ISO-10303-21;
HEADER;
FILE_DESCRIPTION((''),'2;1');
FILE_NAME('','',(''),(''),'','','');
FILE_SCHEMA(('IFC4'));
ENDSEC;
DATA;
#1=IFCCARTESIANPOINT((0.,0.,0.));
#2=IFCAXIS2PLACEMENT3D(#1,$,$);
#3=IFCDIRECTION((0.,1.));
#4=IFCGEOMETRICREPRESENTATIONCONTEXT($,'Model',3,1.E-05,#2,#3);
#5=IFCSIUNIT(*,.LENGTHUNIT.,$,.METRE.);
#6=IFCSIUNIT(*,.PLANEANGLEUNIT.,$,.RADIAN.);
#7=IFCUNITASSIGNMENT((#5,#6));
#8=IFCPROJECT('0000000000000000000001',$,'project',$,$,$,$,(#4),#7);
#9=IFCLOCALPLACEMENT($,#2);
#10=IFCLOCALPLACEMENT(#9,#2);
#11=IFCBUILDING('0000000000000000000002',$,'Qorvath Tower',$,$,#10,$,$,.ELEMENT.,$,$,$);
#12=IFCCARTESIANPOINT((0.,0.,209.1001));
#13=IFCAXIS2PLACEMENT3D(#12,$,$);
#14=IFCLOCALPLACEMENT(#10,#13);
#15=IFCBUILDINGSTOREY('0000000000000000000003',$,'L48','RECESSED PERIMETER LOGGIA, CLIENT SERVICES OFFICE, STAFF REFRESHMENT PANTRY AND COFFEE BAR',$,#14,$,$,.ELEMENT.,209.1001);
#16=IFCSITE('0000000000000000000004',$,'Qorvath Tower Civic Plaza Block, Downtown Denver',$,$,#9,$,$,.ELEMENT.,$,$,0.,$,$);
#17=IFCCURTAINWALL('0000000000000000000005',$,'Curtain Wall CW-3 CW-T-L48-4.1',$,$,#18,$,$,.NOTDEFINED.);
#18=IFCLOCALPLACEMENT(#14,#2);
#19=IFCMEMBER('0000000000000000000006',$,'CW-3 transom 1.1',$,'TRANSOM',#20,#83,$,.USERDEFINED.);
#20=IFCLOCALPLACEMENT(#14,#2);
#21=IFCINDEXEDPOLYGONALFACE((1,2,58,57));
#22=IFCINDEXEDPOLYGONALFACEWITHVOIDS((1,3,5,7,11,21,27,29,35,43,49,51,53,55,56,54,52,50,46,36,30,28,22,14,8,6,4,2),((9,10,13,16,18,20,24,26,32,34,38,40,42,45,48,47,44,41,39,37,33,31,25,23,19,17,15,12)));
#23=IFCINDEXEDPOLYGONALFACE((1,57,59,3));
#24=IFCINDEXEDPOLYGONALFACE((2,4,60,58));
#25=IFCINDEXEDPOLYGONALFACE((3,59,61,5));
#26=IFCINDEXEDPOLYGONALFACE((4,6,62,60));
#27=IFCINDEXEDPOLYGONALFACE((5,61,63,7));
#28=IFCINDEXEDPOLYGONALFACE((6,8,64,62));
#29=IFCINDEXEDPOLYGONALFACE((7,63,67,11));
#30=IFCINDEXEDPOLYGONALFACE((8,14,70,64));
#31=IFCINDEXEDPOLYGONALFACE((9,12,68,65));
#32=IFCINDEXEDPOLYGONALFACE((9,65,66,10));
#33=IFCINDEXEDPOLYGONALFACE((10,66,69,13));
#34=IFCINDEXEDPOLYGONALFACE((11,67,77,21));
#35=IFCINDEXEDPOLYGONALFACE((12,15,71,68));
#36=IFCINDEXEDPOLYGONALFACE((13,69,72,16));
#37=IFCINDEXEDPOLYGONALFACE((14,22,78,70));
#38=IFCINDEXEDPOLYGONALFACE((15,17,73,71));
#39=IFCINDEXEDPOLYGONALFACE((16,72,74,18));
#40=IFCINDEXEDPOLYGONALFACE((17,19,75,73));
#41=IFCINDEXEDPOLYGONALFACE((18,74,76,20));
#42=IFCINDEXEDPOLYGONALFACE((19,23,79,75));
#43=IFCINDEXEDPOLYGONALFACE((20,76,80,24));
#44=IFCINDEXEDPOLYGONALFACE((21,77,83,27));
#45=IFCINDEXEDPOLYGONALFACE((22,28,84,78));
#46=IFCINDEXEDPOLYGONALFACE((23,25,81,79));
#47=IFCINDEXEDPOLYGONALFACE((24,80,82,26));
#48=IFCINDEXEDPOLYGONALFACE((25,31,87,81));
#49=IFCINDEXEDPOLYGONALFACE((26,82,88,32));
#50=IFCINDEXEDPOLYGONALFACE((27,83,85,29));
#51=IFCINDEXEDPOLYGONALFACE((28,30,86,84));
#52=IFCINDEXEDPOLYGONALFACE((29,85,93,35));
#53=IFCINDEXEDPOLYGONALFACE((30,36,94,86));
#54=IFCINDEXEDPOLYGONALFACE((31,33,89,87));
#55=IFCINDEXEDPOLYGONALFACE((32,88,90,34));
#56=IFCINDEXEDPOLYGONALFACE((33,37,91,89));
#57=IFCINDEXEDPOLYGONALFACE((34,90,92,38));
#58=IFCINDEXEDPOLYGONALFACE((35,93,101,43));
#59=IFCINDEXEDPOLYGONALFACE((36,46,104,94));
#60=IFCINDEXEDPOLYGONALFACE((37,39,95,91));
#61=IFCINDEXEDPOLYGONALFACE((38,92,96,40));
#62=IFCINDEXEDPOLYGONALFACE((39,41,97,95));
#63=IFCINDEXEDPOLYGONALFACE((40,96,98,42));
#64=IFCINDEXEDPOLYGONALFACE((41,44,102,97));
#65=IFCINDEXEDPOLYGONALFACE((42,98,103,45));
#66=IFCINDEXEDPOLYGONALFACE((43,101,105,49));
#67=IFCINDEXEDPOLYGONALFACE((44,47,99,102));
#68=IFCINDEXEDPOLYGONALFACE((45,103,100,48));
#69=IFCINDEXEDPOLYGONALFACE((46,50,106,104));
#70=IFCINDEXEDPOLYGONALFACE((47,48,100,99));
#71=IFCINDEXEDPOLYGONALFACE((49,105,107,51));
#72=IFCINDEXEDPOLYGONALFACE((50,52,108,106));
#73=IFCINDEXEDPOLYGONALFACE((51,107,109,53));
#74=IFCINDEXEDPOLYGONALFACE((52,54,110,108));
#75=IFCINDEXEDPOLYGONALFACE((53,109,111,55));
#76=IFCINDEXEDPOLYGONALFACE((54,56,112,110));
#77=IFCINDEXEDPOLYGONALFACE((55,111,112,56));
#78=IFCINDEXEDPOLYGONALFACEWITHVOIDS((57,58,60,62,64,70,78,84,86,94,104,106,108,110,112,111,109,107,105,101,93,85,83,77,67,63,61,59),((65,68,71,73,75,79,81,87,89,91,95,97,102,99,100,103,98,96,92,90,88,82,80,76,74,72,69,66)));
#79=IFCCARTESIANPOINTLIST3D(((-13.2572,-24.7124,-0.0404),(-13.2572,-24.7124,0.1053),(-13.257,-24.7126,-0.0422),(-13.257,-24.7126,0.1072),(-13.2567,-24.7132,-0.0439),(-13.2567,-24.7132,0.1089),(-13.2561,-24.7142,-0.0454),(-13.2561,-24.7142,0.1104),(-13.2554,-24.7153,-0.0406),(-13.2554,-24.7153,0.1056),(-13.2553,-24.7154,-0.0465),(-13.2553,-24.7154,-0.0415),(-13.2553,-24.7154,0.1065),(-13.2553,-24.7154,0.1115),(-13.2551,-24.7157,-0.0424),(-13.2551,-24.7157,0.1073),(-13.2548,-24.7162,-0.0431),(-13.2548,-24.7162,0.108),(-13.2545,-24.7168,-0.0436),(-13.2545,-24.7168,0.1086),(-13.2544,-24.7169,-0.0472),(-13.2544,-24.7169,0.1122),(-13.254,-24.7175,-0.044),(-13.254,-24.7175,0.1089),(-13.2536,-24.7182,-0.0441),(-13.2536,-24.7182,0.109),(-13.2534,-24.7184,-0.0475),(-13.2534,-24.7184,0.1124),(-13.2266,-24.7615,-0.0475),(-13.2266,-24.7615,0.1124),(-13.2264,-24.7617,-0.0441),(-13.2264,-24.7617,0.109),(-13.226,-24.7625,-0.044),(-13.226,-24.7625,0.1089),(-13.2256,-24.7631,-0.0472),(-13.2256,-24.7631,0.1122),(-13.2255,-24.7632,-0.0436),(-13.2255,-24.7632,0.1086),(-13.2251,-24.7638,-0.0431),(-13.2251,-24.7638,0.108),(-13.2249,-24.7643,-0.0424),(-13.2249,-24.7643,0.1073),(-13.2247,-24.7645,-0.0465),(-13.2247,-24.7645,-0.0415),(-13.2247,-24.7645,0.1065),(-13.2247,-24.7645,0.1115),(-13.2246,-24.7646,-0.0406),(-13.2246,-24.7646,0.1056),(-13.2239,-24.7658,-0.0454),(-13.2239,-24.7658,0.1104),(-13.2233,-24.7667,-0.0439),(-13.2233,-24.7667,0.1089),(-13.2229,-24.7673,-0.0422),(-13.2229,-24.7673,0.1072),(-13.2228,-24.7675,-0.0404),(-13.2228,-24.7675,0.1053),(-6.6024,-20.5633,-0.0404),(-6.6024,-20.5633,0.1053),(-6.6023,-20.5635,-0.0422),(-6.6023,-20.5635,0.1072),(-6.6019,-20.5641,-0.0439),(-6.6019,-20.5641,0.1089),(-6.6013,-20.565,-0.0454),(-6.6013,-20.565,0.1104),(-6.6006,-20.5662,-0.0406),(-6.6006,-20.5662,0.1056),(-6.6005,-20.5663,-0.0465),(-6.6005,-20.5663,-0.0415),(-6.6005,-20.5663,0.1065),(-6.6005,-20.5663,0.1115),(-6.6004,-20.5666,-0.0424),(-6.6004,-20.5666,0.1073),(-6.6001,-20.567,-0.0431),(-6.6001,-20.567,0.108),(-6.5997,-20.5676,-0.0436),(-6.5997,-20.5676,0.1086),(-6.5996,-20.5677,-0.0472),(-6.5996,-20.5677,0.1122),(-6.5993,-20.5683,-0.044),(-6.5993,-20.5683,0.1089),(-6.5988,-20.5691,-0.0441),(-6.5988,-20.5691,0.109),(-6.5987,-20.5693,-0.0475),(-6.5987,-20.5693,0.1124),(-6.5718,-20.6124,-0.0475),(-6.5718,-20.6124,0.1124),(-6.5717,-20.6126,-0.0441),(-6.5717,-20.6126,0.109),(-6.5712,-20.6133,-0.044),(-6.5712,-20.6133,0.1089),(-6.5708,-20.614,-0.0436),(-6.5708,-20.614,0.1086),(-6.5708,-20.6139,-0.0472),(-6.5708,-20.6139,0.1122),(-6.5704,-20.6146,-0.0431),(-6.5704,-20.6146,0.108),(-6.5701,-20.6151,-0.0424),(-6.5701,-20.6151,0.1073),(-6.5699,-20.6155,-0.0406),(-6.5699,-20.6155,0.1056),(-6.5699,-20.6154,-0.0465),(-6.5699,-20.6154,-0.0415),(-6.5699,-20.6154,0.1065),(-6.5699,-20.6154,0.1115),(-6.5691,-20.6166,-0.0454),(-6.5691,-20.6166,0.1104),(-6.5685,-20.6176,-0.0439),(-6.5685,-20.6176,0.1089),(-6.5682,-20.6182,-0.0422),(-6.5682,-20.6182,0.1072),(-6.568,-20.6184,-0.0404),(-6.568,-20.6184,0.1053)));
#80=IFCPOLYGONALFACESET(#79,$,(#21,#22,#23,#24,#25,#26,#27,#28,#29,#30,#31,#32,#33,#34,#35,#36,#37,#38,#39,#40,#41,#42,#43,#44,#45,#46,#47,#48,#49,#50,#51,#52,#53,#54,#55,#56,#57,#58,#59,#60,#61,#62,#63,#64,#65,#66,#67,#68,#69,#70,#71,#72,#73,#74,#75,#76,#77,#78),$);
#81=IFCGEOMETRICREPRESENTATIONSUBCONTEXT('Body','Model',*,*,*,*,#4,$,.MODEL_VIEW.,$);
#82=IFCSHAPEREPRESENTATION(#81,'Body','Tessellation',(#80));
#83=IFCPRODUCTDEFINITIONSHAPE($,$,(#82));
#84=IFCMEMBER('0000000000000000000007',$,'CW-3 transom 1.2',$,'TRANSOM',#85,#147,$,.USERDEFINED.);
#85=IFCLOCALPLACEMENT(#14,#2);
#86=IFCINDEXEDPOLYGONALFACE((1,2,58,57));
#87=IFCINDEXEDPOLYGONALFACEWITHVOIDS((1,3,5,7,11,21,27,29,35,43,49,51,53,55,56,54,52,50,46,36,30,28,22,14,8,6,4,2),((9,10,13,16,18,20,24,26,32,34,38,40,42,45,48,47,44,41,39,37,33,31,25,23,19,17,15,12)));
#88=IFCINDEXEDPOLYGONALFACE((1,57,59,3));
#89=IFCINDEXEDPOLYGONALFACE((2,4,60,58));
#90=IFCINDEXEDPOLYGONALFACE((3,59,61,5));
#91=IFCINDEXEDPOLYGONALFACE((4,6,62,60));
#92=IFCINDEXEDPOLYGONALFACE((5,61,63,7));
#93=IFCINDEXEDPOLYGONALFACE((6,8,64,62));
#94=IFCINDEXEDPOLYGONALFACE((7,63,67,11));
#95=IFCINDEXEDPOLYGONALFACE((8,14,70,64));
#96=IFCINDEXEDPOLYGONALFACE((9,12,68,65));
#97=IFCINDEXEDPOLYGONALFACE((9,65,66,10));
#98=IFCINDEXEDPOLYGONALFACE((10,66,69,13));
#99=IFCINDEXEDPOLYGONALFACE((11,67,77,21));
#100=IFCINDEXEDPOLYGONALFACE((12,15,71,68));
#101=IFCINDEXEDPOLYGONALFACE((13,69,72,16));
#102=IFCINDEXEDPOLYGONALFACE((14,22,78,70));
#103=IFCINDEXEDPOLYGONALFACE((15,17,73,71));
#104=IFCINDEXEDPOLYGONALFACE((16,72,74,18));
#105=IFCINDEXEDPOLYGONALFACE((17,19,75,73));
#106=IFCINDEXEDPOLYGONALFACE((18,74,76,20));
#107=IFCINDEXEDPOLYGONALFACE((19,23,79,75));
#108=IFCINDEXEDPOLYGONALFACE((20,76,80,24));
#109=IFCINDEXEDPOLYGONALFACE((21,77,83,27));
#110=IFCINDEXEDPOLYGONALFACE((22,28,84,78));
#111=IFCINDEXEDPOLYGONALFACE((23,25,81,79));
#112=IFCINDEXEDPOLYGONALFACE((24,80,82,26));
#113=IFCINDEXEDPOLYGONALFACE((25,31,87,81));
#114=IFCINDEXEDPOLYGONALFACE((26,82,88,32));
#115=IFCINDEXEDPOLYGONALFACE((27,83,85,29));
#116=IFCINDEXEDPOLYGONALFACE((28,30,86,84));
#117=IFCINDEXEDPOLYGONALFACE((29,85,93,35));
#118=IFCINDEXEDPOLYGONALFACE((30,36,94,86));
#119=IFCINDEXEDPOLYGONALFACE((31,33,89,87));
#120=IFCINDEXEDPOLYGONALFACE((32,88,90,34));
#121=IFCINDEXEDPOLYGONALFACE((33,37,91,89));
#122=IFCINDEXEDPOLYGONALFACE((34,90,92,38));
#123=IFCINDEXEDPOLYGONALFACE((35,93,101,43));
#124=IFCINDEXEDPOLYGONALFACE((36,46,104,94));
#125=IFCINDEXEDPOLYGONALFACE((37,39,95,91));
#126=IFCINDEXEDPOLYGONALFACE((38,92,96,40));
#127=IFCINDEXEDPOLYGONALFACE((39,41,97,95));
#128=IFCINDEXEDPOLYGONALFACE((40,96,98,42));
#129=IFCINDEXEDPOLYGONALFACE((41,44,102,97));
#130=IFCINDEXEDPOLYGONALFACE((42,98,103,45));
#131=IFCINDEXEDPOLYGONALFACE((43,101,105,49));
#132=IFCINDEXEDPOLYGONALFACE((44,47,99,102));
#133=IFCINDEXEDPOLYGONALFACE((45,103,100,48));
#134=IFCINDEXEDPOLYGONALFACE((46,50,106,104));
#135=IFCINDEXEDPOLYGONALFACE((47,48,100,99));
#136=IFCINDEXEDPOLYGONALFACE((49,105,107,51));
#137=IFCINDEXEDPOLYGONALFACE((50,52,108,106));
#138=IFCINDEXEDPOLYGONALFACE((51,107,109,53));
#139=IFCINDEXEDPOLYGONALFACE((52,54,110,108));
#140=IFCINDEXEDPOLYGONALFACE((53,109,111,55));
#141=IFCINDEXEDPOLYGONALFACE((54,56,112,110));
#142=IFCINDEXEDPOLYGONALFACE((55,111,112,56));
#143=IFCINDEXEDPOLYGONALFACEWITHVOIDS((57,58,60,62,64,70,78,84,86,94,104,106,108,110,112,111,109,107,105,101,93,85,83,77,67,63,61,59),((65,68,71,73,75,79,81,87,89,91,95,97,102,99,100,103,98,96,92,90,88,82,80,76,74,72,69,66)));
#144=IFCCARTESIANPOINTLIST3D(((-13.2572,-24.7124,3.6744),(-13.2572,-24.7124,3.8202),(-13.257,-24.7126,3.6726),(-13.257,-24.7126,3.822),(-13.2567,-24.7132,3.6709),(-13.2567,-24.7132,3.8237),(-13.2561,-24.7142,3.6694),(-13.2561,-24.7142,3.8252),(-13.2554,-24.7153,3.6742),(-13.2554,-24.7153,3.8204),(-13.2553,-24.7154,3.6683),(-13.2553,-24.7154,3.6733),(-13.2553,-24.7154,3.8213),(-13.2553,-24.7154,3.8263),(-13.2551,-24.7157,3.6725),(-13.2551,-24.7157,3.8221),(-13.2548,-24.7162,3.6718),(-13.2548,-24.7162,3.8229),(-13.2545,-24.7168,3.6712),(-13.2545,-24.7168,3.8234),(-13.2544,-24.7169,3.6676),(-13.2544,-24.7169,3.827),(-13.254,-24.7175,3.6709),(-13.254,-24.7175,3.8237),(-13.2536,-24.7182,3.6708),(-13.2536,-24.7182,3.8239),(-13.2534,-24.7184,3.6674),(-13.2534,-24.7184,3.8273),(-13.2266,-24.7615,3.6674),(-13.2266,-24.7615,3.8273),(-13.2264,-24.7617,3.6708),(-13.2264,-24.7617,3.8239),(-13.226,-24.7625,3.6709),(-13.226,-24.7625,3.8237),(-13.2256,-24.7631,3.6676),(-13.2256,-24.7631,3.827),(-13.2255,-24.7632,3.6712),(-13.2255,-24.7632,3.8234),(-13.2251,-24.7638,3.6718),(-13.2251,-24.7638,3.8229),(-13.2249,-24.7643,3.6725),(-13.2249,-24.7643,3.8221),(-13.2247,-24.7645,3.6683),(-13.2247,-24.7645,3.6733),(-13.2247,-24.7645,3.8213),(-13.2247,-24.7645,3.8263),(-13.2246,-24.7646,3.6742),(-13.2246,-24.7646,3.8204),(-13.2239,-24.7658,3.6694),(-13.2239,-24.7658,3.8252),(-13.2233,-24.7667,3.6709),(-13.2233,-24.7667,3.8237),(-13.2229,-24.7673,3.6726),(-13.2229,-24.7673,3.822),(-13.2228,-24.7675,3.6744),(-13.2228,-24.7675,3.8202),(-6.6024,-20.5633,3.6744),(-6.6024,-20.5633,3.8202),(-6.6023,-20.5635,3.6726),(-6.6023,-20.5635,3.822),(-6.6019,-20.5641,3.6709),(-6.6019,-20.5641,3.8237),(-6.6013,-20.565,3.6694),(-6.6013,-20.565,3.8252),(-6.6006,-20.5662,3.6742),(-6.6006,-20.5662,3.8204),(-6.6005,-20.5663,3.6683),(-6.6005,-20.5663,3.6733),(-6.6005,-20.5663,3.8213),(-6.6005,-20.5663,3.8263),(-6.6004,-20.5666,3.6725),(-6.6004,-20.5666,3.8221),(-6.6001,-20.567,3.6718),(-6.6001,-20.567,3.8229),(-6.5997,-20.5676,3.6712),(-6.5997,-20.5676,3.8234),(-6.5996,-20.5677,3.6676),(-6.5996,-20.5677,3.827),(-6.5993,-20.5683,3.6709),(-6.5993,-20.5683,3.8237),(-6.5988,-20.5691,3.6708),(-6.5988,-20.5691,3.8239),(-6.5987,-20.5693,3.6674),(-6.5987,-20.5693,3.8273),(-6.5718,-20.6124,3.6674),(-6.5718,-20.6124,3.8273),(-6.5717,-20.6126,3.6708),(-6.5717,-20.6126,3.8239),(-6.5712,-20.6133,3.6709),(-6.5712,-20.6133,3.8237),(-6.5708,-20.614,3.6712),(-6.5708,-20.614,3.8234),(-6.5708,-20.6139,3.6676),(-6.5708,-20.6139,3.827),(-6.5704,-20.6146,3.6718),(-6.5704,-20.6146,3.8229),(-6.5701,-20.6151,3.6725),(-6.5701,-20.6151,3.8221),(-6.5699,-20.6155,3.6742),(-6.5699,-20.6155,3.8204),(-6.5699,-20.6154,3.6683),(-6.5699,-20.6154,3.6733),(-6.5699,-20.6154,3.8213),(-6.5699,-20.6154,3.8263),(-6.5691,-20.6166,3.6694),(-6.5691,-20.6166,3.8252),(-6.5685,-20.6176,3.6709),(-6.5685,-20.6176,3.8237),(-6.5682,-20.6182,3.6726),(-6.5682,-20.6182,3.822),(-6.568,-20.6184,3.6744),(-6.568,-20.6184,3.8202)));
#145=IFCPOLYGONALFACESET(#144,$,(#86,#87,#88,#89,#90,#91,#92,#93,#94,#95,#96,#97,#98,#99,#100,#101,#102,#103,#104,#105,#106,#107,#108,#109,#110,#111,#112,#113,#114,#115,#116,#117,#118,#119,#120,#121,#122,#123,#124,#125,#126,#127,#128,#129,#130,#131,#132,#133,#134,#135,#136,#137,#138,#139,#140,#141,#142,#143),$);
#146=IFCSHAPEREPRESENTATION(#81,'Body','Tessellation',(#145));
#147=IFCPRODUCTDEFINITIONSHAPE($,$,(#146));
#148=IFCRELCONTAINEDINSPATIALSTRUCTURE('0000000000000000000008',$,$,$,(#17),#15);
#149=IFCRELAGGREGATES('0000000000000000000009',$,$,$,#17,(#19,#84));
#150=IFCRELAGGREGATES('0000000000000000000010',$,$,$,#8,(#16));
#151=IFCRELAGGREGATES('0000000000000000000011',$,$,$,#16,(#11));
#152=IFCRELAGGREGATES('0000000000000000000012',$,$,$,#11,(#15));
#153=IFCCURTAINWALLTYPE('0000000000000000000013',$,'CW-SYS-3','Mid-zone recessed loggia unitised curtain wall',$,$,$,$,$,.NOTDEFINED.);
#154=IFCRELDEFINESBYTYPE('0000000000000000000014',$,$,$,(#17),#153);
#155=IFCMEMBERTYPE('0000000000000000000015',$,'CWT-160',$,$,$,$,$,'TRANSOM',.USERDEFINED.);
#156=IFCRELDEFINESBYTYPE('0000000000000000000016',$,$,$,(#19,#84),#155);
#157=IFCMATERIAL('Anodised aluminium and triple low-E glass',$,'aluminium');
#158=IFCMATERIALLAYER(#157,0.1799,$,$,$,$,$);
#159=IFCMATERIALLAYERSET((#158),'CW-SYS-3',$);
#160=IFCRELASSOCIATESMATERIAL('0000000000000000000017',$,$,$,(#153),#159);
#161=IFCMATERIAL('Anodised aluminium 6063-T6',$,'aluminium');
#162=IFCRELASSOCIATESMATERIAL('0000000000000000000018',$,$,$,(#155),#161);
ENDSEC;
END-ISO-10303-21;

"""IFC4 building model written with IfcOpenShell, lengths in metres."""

from ifc_helpers import new_model, si_unit, direction, frame, origin, origin_2d, place, context, subcontext, project, spatial, hollow_rectangle, extrude, material, layer, layer_set, material_profile, profile_set, type_object, element, aggregate, save


model = new_model("IFC4")

# Units and contexts
model_context = context("Model", 3, precision=1e-05, world=origin(), true_north=direction((0.0, 1.0)))
body_context = subcontext(model_context, "Body", "Model", "MODEL_VIEW")
ifc_project = project(units=[si_unit("LENGTHUNIT", "METRE"), si_unit("PLANEANGLEUNIT", "RADIAN")], contexts=[model_context])

# Site, building, storey
site_placement = place(None, origin())
site = spatial("IfcSite", under=ifc_project, at=site_placement, Name="Qorvath Tower Civic Plaza Block, Downtown Denver", CompositionType="ELEMENT", RefElevation=0.0)
building_placement = place(site_placement, origin())
building = spatial("IfcBuilding", under=site, at=building_placement, Name="Qorvath Tower", CompositionType="ELEMENT")
storey_placement = place(building_placement, frame((0.0, 0.0, 209.1001)))
storey = spatial("IfcBuildingStorey", under=building, at=storey_placement, Name="L48", Description="RECESSED PERIMETER LOGGIA, CLIENT SERVICES OFFICE, STAFF REFRESHMENT PANTRY AND COFFEE BAR", CompositionType="ELEMENT", Elevation=209.1001)

# Shared definitions
ifc_material_1 = material(Name="Anodised aluminium and triple low-E glass", Category="aluminium")
ifc_layer_1 = layer(ifc_material_1, 0.1799)
ifc_layer_set_1 = layer_set([ifc_layer_1], Name="CW-SYS-3")
curtain_wall_type = type_object("IfcCurtainWallType", Name="CW-SYS-3", Description="Mid-zone recessed loggia unitised curtain wall", PredefinedType="NOTDEFINED", material=ifc_layer_set_1)

# Curtain wall
curtain_wall_1_placement = place(storey_placement, origin())
curtain_wall_1 = element("IfcCurtainWall", 1, at=curtain_wall_1_placement, inside=storey, type_object=curtain_wall_type, Name="Curtain Wall CW-3 CW-T-L48-4.1", PredefinedType="NOTDEFINED")

# Members
ifc_material_2 = material(Name="Anodised aluminium 6063-T6", Category="aluminium")
ifc_material_profile_1 = material_profile(ifc_material_2, hollow_rectangle(XDim=0.0649, YDim=0.1599, WallThickness=0.0034, InnerFilletRadius=0.0034, OuterFilletRadius=0.0071, at=origin_2d()), Name="CWT 160x65")
ifc_profile_set_1 = profile_set([ifc_material_profile_1], Name="Anodised aluminium 6063-T6")
member_type_1 = type_object("IfcMemberType", Name="CWT-160", ElementType="TRANSOM", PredefinedType="USERDEFINED", material=ifc_profile_set_1)
member_1_placement = place(storey_placement, frame((-13.24, -24.74, 0.0325), z_axis=(0.848575, 0.529075, 0.0), x_axis=(-0.529075, 0.848575, 0.0)))
member_1 = element("IfcMember", 2, at=member_1_placement, type_object=member_type_1, Name="CW-3 transom 1.1", ObjectType="TRANSOM", PredefinedType="USERDEFINED", context=body_context, shape_type="SweptSolid", body=[
    extrude(hollow_rectangle(XDim=0.0649, YDim=0.1599, WallThickness=0.0034, InnerFilletRadius=0.0034, OuterFilletRadius=0.0071, at=origin_2d()), origin(), (0.0, 0.0, 1.0), 7.8423),
])
member_2_placement = place(storey_placement, frame((-13.24, -24.74, 3.7473), z_axis=(0.848575, 0.529075, 0.0), x_axis=(-0.529075, 0.848575, 0.0)))
member_2 = element("IfcMember", 3, at=member_2_placement, type_object=member_type_1, Name="CW-3 transom 1.2", ObjectType="TRANSOM", PredefinedType="USERDEFINED", context=body_context, shape_type="SweptSolid", body=[
    extrude(hollow_rectangle(XDim=0.0649, YDim=0.1599, WallThickness=0.0034, InnerFilletRadius=0.0034, OuterFilletRadius=0.0071, at=origin_2d()), origin(), (0.0, 0.0, 1.0), 7.8423),
])

aggregate(curtain_wall_1, [member_1, member_2])

save(model, "model.ifc")
